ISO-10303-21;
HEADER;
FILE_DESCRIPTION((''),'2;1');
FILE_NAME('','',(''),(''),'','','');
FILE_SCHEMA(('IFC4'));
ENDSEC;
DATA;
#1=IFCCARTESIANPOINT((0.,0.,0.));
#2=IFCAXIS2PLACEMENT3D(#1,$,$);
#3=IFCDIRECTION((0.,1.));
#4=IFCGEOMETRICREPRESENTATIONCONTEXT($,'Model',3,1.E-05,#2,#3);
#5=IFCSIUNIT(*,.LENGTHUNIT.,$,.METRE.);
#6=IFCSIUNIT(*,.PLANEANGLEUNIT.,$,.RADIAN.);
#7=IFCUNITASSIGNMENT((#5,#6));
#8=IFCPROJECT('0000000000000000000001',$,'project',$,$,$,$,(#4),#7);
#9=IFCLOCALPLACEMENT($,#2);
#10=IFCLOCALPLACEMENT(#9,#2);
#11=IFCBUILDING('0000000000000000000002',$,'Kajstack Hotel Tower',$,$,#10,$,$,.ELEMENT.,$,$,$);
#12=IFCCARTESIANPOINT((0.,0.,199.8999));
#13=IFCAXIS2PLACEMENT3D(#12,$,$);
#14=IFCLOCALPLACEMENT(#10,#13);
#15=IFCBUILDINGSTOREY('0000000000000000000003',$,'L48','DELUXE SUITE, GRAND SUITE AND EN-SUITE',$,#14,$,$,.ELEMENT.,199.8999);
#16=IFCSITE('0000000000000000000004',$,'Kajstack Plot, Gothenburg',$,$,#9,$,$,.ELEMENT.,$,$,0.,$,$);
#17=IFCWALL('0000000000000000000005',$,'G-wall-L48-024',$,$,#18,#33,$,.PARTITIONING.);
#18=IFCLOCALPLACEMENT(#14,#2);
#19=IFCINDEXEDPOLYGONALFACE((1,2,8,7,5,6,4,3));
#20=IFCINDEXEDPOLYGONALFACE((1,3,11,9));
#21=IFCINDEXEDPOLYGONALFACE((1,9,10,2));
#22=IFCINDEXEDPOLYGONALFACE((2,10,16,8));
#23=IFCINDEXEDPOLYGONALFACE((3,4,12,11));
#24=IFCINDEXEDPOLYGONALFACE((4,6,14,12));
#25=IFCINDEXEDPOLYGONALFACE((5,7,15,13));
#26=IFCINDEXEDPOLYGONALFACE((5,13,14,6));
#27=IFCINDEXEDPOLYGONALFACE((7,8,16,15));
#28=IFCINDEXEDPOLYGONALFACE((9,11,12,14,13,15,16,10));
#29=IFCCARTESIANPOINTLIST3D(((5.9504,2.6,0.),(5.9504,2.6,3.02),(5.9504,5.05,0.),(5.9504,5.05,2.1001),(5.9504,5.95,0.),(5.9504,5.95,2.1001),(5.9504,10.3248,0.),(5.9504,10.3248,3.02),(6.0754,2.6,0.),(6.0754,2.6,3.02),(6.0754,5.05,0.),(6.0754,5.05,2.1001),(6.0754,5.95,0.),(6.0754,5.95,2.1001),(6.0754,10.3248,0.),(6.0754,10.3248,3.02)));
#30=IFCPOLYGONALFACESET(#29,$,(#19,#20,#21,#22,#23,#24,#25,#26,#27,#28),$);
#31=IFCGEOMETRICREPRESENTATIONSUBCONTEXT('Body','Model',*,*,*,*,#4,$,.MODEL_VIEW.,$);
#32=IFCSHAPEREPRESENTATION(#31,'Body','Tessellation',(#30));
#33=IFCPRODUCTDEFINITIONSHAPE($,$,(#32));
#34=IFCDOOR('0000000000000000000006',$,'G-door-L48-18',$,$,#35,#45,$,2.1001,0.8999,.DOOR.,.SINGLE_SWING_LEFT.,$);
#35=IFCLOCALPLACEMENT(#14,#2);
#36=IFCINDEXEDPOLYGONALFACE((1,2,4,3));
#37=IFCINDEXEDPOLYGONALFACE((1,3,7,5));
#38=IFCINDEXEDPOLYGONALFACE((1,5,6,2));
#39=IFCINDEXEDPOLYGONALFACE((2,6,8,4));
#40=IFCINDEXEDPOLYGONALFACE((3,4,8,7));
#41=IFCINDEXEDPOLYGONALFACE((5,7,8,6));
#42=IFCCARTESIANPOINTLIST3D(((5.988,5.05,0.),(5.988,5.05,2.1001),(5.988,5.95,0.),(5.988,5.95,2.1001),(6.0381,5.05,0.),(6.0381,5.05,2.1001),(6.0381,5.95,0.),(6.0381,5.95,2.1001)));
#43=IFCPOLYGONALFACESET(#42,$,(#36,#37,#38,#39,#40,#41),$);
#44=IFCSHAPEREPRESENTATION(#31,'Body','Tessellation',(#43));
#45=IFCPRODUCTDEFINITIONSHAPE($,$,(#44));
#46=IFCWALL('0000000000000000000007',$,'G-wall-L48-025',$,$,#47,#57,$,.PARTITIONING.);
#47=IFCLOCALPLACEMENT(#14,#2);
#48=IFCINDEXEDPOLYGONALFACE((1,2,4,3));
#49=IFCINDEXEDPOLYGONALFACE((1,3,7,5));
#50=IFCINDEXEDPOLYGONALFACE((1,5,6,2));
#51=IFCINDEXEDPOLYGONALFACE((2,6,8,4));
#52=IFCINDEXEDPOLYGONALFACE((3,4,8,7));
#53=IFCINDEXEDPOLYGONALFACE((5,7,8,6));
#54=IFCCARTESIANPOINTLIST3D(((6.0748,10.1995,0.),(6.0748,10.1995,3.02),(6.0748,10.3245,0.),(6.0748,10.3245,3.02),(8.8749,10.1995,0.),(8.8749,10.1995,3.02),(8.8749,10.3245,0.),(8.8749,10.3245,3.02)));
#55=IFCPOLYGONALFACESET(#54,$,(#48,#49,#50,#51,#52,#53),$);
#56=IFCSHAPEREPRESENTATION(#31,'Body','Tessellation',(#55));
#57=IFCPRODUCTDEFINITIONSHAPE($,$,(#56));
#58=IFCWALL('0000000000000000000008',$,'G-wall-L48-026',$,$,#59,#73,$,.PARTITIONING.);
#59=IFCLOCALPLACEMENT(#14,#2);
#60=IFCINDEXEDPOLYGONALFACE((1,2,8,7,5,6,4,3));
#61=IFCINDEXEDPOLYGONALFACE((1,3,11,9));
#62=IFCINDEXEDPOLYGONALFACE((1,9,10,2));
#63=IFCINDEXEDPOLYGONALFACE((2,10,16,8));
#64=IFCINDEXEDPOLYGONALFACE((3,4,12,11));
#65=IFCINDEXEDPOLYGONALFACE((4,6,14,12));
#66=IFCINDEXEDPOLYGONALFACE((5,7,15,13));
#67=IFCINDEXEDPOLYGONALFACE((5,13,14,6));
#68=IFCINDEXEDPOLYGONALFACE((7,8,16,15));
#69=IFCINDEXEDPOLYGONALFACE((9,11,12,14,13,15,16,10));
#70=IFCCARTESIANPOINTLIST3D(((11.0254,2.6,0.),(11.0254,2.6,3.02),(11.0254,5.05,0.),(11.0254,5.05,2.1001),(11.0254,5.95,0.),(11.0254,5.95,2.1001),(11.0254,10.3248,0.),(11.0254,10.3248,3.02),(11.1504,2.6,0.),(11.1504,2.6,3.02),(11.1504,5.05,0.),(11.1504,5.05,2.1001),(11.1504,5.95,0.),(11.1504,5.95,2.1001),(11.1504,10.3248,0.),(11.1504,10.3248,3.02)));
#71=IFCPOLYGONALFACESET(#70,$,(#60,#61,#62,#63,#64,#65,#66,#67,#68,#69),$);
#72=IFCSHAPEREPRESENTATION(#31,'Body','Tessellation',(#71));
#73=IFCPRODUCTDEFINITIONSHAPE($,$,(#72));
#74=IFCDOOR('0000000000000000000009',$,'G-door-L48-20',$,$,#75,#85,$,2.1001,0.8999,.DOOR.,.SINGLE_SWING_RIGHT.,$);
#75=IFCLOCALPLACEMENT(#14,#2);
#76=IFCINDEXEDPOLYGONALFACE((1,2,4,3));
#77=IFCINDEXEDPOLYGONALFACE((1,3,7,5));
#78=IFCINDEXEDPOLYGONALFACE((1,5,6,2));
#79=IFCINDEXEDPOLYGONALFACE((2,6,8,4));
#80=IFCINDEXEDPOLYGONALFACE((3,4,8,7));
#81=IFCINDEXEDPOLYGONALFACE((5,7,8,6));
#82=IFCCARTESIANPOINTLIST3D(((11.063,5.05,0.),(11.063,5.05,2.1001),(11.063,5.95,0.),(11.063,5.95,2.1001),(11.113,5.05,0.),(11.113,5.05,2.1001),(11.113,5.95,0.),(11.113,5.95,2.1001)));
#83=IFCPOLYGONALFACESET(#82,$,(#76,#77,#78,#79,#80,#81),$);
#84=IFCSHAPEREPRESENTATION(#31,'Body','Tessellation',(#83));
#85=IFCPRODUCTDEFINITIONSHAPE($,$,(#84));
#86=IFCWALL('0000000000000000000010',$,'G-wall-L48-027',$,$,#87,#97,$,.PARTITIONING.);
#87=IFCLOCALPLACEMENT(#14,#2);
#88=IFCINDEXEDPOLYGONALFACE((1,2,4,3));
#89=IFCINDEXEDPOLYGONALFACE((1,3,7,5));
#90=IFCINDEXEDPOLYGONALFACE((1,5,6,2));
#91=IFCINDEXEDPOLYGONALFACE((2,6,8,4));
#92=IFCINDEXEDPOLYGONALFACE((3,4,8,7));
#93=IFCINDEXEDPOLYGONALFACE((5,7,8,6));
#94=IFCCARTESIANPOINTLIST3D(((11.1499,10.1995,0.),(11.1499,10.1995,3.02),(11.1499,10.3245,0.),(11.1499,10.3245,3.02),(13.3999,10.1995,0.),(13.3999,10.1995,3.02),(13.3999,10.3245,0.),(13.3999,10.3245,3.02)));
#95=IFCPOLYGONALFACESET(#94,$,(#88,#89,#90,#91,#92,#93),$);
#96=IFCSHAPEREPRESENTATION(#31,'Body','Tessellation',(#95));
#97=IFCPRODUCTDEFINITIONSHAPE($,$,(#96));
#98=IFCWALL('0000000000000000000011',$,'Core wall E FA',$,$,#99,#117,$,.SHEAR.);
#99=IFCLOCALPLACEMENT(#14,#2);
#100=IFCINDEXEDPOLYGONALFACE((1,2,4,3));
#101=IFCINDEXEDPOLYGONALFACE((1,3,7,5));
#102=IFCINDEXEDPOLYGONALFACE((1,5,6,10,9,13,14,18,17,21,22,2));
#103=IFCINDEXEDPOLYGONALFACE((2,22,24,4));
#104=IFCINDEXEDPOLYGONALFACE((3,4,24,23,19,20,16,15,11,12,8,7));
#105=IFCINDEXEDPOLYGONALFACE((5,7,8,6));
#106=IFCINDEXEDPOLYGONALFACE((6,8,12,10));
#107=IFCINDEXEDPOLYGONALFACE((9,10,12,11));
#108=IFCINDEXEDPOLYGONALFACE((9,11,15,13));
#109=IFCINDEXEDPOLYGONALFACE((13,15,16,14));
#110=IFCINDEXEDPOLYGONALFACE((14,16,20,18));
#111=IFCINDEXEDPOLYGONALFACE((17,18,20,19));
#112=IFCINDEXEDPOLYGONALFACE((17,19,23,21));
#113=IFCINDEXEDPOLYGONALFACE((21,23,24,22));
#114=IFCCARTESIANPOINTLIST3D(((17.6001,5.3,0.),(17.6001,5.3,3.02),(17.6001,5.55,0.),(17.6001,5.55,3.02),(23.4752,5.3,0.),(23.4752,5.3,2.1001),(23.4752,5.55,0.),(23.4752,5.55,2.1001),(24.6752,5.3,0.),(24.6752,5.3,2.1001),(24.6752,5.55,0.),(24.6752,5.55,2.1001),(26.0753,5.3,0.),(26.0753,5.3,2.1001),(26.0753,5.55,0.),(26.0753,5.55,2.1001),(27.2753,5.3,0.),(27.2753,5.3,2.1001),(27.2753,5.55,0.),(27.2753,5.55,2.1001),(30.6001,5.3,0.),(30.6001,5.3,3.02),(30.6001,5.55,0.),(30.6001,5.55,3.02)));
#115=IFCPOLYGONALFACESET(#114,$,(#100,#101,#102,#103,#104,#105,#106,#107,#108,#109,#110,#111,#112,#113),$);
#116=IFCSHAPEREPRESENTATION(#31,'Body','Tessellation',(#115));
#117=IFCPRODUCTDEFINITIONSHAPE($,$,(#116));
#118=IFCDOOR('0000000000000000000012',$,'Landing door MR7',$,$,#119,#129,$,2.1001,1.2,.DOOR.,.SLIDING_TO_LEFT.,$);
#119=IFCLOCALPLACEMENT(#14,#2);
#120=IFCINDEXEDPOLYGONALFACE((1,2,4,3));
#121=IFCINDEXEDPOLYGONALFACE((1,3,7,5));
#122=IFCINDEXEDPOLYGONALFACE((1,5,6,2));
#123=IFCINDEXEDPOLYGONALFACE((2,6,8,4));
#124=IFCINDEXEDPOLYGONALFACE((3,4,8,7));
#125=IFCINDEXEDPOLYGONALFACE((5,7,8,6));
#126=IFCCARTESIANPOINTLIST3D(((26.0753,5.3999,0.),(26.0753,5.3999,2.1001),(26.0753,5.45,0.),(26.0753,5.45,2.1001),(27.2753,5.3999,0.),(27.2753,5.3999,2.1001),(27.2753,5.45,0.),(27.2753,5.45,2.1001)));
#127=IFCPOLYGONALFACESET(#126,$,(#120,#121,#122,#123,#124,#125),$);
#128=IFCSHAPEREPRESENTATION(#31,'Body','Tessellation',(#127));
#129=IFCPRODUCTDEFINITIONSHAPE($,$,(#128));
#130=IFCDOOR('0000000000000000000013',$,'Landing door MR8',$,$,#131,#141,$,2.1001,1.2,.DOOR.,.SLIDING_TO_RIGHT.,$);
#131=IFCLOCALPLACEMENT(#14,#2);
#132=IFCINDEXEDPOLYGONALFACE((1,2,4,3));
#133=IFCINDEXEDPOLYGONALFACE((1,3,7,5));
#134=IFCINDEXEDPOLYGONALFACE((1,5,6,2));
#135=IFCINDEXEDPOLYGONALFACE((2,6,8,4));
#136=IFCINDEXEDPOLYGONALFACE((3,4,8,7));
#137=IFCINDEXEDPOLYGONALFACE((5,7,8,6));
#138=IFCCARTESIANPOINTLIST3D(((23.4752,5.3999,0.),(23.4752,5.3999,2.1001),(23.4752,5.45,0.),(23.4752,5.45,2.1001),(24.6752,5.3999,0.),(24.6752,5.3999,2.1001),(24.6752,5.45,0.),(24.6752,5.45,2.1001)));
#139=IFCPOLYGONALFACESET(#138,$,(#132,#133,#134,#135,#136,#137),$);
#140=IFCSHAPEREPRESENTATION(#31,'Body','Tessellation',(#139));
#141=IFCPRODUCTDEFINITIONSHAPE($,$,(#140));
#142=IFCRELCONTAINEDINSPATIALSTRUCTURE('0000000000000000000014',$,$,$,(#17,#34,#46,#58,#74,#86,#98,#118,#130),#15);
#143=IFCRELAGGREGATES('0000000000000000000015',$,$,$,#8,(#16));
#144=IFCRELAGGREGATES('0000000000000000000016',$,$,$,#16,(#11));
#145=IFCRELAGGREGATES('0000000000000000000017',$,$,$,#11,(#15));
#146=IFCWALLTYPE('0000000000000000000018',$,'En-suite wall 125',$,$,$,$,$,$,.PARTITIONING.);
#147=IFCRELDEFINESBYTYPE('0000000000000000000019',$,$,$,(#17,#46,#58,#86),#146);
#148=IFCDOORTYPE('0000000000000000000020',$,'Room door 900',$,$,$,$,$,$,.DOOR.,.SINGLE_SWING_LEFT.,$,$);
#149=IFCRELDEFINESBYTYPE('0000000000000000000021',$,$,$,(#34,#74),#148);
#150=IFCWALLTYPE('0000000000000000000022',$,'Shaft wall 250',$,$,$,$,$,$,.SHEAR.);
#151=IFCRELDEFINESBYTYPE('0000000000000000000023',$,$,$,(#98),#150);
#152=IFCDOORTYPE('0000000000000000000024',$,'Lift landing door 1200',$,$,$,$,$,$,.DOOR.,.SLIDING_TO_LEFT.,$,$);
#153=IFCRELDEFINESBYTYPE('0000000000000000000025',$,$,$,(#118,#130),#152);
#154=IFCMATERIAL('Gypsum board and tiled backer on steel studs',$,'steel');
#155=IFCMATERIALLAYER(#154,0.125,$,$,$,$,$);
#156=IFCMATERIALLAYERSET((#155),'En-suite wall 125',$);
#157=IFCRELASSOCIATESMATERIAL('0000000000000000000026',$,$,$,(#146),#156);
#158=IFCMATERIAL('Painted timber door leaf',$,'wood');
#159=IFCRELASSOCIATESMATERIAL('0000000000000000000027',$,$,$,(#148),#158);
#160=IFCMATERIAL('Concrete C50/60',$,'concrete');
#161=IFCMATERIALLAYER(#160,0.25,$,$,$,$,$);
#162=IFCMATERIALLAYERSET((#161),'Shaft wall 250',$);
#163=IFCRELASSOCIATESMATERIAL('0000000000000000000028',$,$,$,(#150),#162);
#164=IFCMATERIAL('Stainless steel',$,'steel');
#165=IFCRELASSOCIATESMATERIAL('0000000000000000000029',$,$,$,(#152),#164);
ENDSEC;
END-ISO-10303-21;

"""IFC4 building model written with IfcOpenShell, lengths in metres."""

from ifc_helpers import new_model, si_unit, direction, frame, frame_2d, origin, place, context, subcontext, project, spatial, rectangle, extrude, material, layer, layer_set, type_object, element, fill, save


model = new_model("IFC4")

# Units and contexts
model_context = context("Model", 3, precision=1e-05, world=origin(), true_north=direction((0.0, 1.0)))
body_context = subcontext(model_context, "Body", "Model", "MODEL_VIEW")
ifc_project = project(units=[si_unit("LENGTHUNIT", "METRE"), si_unit("PLANEANGLEUNIT", "RADIAN")], contexts=[model_context])

# Site, building, storey
site_placement = place(None, origin())
site = spatial("IfcSite", under=ifc_project, at=site_placement, Name="Kajstack Plot, Gothenburg", CompositionType="ELEMENT", RefElevation=0.0)
building_placement = place(site_placement, origin())
building = spatial("IfcBuilding", under=site, at=building_placement, Name="Kajstack Hotel Tower", CompositionType="ELEMENT")
storey_placement = place(building_placement, frame((0.0, 0.0, 199.8999)))
storey = spatial("IfcBuildingStorey", under=building, at=storey_placement, Name="L48", Description="DELUXE SUITE, GRAND SUITE AND EN-SUITE", CompositionType="ELEMENT", Elevation=199.8999)

# Wall, opening, door
ifc_material_1 = material(Name="Gypsum board and tiled backer on steel studs", Category="steel")
ifc_layer_1 = layer(ifc_material_1, 0.125)
ifc_layer_set_1 = layer_set([ifc_layer_1], Name="En-suite wall 125")
wall_type_1 = type_object("IfcWallType", Name="En-suite wall 125", PredefinedType="PARTITIONING", material=ifc_layer_set_1)
wall_1_placement = place(storey_placement, frame((6.0129, 2.6001, 0.0), z_axis=(0.0, 0.0, 1.0), x_axis=(0.0, 1.0, 0.0)))
wall_1 = element("IfcWall", 1, at=wall_1_placement, inside=storey, type_object=wall_type_1, Name="G-wall-L48-024", PredefinedType="PARTITIONING", context=body_context, shape_type="SweptSolid", body=[
    extrude(rectangle(XDim=7.7249, YDim=0.125, at=frame_2d((3.8623, 0.0))), origin(), (0.0, 0.0, 1.0), 3.02),
])
opening_1_placement = place(wall_1_placement, frame((2.45, 0.0, 0.0)))
opening_1 = element("IfcOpeningElement", 2, at=opening_1_placement, cuts=wall_1, PredefinedType="OPENING", context=body_context, shape_type="SweptSolid", body=[
    extrude(rectangle(XDim=0.8999, YDim=2.1001, at=frame_2d((0.45, 1.05))), frame((0.0, 0.0725, 0.0), z_axis=(0.0, -1.0, 0.0), x_axis=(1.0, 0.0, 0.0)), (0.0, 0.0, 1.0), 0.145),
])
ifc_material_2 = material(Name="Painted timber door leaf", Category="wood")
door_type_1 = type_object("IfcDoorType", Name="Room door 900", OperationType="SINGLE_SWING_LEFT", PredefinedType="DOOR", material=ifc_material_2)
door_1_placement = place(opening_1_placement, origin())
door_1 = element("IfcDoor", 3, at=door_1_placement, inside=storey, type_object=door_type_1, Name="G-door-L48-18", OperationType="SINGLE_SWING_LEFT", OverallHeight=2.1001, OverallWidth=0.8999, PredefinedType="DOOR", context=body_context, shape_type="SweptSolid", body=[
    extrude(rectangle(XDim=0.8999, YDim=2.1001, at=frame_2d((0.45, 1.05))), frame((0.0, 0.0249, 0.0), z_axis=(0.0, -1.0, 0.0), x_axis=(1.0, 0.0, 0.0)), (0.0, 0.0, 1.0), 0.05),
])
fill(opening_1, door_1)

# Wall
wall_2_placement = place(storey_placement, frame((6.075, 10.262, 0.0), z_axis=(0.0, 0.0, 1.0), x_axis=(1.0, 0.0, 0.0)))
element("IfcWall", 4, at=wall_2_placement, inside=storey, type_object=wall_type_1, Name="G-wall-L48-025", PredefinedType="PARTITIONING", context=body_context, shape_type="SweptSolid", body=[
    extrude(rectangle(XDim=2.8, YDim=0.125, at=frame_2d((1.3999, 0.0))), origin(), (0.0, 0.0, 1.0), 3.02),
])

# Wall, opening, door
wall_3_placement = place(storey_placement, frame((11.0879, 2.6001, 0.0), z_axis=(0.0, 0.0, 1.0), x_axis=(0.0, 1.0, 0.0)))
wall_3 = element("IfcWall", 5, at=wall_3_placement, inside=storey, type_object=wall_type_1, Name="G-wall-L48-026", PredefinedType="PARTITIONING", context=body_context, shape_type="SweptSolid", body=[
    extrude(rectangle(XDim=7.7249, YDim=0.125, at=frame_2d((3.8623, 0.0))), origin(), (0.0, 0.0, 1.0), 3.02),
])
opening_2_placement = place(wall_3_placement, frame((2.45, 0.0, 0.0)))
opening_2 = element("IfcOpeningElement", 6, at=opening_2_placement, cuts=wall_3, PredefinedType="OPENING", context=body_context, shape_type="SweptSolid", body=[
    extrude(rectangle(XDim=0.8999, YDim=2.1001, at=frame_2d((0.45, 1.05))), frame((0.0, 0.0725, 0.0), z_axis=(0.0, -1.0, 0.0), x_axis=(1.0, 0.0, 0.0)), (0.0, 0.0, 1.0), 0.145),
])
door_2_placement = place(opening_2_placement, origin())
door_2 = element("IfcDoor", 7, at=door_2_placement, inside=storey, type_object=door_type_1, Name="G-door-L48-20", OperationType="SINGLE_SWING_RIGHT", OverallHeight=2.1001, OverallWidth=0.8999, PredefinedType="DOOR", context=body_context, shape_type="SweptSolid", body=[
    extrude(rectangle(XDim=0.8999, YDim=2.1001, at=frame_2d((0.45, 1.05))), frame((0.0, 0.0249, 0.0), z_axis=(0.0, -1.0, 0.0), x_axis=(1.0, 0.0, 0.0)), (0.0, 0.0, 1.0), 0.05),
])
fill(opening_2, door_2)

# Wall
wall_4_placement = place(storey_placement, frame((11.1499, 10.262, 0.0), z_axis=(0.0, 0.0, 1.0), x_axis=(1.0, 0.0, 0.0)))
element("IfcWall", 8, at=wall_4_placement, inside=storey, type_object=wall_type_1, Name="G-wall-L48-027", PredefinedType="PARTITIONING", context=body_context, shape_type="SweptSolid", body=[
    extrude(rectangle(XDim=2.25, YDim=0.125, at=frame_2d((1.125, 0.0))), origin(), (0.0, 0.0, 1.0), 3.02),
])

# Wall, openings, doors
ifc_material_3 = material(Name="Concrete C50/60", Category="concrete")
ifc_layer_2 = layer(ifc_material_3, 0.25)
ifc_layer_set_2 = layer_set([ifc_layer_2], Name="Shaft wall 250")
wall_type_2 = type_object("IfcWallType", Name="Shaft wall 250", PredefinedType="SHEAR", material=ifc_layer_set_2)
wall_5_placement = place(storey_placement, frame((17.6001, 5.425, 0.0), z_axis=(0.0, 0.0, 1.0), x_axis=(1.0, 0.0, 0.0)))
wall_5 = element("IfcWall", 9, at=wall_5_placement, inside=storey, type_object=wall_type_2, Name="Core wall E FA", PredefinedType="SHEAR", context=body_context, shape_type="SweptSolid", body=[
    extrude(rectangle(XDim=13.0, YDim=0.25, at=frame_2d((6.5, 0.0))), origin(), (0.0, 0.0, 1.0), 3.02),
])
opening_3_placement = place(wall_5_placement, frame((8.4751, 0.0, 0.0)))
opening_3 = element("IfcOpeningElement", 10, at=opening_3_placement, cuts=wall_5, PredefinedType="OPENING", context=body_context, shape_type="SweptSolid", body=[
    extrude(rectangle(XDim=1.2, YDim=2.1001, at=frame_2d((0.6001, 1.05))), frame((0.0, 0.135, 0.0), z_axis=(0.0, -1.0, 0.0), x_axis=(1.0, 0.0, 0.0)), (0.0, 0.0, 1.0), 0.27),
])
opening_4_placement = place(wall_5_placement, frame((5.875, 0.0, 0.0)))
opening_4 = element("IfcOpeningElement", 11, at=opening_4_placement, cuts=wall_5, PredefinedType="OPENING", context=body_context, shape_type="SweptSolid", body=[
    extrude(rectangle(XDim=1.2, YDim=2.1001, at=frame_2d((0.6001, 1.05))), frame((0.0, 0.135, 0.0), z_axis=(0.0, -1.0, 0.0), x_axis=(1.0, 0.0, 0.0)), (0.0, 0.0, 1.0), 0.27),
])
ifc_material_4 = material(Name="Stainless steel", Category="steel")
door_type_2 = type_object("IfcDoorType", Name="Lift landing door 1200", OperationType="SLIDING_TO_LEFT", PredefinedType="DOOR", material=ifc_material_4)
door_3_placement = place(opening_3_placement, origin())
door_3 = element("IfcDoor", 12, at=door_3_placement, inside=storey, type_object=door_type_2, Name="Landing door MR7", OperationType="SLIDING_TO_LEFT", OverallHeight=2.1001, OverallWidth=1.2, PredefinedType="DOOR", context=body_context, shape_type="SweptSolid", body=[
    extrude(rectangle(XDim=1.2, YDim=2.1001, at=frame_2d((0.6001, 1.05))), frame((0.0, 0.0249, 0.0), z_axis=(0.0, -1.0, 0.0), x_axis=(1.0, 0.0, 0.0)), (0.0, 0.0, 1.0), 0.05),
])
fill(opening_3, door_3)
door_4_placement = place(opening_4_placement, origin())
door_4 = element("IfcDoor", 13, at=door_4_placement, inside=storey, type_object=door_type_2, Name="Landing door MR8", OperationType="SLIDING_TO_RIGHT", OverallHeight=2.1001, OverallWidth=1.2, PredefinedType="DOOR", context=body_context, shape_type="SweptSolid", body=[
    extrude(rectangle(XDim=1.2, YDim=2.1001, at=frame_2d((0.6001, 1.05))), frame((0.0, 0.0249, 0.0), z_axis=(0.0, -1.0, 0.0), x_axis=(1.0, 0.0, 0.0)), (0.0, 0.0, 1.0), 0.05),
])
fill(opening_4, door_4)

save(model, "model.ifc")
